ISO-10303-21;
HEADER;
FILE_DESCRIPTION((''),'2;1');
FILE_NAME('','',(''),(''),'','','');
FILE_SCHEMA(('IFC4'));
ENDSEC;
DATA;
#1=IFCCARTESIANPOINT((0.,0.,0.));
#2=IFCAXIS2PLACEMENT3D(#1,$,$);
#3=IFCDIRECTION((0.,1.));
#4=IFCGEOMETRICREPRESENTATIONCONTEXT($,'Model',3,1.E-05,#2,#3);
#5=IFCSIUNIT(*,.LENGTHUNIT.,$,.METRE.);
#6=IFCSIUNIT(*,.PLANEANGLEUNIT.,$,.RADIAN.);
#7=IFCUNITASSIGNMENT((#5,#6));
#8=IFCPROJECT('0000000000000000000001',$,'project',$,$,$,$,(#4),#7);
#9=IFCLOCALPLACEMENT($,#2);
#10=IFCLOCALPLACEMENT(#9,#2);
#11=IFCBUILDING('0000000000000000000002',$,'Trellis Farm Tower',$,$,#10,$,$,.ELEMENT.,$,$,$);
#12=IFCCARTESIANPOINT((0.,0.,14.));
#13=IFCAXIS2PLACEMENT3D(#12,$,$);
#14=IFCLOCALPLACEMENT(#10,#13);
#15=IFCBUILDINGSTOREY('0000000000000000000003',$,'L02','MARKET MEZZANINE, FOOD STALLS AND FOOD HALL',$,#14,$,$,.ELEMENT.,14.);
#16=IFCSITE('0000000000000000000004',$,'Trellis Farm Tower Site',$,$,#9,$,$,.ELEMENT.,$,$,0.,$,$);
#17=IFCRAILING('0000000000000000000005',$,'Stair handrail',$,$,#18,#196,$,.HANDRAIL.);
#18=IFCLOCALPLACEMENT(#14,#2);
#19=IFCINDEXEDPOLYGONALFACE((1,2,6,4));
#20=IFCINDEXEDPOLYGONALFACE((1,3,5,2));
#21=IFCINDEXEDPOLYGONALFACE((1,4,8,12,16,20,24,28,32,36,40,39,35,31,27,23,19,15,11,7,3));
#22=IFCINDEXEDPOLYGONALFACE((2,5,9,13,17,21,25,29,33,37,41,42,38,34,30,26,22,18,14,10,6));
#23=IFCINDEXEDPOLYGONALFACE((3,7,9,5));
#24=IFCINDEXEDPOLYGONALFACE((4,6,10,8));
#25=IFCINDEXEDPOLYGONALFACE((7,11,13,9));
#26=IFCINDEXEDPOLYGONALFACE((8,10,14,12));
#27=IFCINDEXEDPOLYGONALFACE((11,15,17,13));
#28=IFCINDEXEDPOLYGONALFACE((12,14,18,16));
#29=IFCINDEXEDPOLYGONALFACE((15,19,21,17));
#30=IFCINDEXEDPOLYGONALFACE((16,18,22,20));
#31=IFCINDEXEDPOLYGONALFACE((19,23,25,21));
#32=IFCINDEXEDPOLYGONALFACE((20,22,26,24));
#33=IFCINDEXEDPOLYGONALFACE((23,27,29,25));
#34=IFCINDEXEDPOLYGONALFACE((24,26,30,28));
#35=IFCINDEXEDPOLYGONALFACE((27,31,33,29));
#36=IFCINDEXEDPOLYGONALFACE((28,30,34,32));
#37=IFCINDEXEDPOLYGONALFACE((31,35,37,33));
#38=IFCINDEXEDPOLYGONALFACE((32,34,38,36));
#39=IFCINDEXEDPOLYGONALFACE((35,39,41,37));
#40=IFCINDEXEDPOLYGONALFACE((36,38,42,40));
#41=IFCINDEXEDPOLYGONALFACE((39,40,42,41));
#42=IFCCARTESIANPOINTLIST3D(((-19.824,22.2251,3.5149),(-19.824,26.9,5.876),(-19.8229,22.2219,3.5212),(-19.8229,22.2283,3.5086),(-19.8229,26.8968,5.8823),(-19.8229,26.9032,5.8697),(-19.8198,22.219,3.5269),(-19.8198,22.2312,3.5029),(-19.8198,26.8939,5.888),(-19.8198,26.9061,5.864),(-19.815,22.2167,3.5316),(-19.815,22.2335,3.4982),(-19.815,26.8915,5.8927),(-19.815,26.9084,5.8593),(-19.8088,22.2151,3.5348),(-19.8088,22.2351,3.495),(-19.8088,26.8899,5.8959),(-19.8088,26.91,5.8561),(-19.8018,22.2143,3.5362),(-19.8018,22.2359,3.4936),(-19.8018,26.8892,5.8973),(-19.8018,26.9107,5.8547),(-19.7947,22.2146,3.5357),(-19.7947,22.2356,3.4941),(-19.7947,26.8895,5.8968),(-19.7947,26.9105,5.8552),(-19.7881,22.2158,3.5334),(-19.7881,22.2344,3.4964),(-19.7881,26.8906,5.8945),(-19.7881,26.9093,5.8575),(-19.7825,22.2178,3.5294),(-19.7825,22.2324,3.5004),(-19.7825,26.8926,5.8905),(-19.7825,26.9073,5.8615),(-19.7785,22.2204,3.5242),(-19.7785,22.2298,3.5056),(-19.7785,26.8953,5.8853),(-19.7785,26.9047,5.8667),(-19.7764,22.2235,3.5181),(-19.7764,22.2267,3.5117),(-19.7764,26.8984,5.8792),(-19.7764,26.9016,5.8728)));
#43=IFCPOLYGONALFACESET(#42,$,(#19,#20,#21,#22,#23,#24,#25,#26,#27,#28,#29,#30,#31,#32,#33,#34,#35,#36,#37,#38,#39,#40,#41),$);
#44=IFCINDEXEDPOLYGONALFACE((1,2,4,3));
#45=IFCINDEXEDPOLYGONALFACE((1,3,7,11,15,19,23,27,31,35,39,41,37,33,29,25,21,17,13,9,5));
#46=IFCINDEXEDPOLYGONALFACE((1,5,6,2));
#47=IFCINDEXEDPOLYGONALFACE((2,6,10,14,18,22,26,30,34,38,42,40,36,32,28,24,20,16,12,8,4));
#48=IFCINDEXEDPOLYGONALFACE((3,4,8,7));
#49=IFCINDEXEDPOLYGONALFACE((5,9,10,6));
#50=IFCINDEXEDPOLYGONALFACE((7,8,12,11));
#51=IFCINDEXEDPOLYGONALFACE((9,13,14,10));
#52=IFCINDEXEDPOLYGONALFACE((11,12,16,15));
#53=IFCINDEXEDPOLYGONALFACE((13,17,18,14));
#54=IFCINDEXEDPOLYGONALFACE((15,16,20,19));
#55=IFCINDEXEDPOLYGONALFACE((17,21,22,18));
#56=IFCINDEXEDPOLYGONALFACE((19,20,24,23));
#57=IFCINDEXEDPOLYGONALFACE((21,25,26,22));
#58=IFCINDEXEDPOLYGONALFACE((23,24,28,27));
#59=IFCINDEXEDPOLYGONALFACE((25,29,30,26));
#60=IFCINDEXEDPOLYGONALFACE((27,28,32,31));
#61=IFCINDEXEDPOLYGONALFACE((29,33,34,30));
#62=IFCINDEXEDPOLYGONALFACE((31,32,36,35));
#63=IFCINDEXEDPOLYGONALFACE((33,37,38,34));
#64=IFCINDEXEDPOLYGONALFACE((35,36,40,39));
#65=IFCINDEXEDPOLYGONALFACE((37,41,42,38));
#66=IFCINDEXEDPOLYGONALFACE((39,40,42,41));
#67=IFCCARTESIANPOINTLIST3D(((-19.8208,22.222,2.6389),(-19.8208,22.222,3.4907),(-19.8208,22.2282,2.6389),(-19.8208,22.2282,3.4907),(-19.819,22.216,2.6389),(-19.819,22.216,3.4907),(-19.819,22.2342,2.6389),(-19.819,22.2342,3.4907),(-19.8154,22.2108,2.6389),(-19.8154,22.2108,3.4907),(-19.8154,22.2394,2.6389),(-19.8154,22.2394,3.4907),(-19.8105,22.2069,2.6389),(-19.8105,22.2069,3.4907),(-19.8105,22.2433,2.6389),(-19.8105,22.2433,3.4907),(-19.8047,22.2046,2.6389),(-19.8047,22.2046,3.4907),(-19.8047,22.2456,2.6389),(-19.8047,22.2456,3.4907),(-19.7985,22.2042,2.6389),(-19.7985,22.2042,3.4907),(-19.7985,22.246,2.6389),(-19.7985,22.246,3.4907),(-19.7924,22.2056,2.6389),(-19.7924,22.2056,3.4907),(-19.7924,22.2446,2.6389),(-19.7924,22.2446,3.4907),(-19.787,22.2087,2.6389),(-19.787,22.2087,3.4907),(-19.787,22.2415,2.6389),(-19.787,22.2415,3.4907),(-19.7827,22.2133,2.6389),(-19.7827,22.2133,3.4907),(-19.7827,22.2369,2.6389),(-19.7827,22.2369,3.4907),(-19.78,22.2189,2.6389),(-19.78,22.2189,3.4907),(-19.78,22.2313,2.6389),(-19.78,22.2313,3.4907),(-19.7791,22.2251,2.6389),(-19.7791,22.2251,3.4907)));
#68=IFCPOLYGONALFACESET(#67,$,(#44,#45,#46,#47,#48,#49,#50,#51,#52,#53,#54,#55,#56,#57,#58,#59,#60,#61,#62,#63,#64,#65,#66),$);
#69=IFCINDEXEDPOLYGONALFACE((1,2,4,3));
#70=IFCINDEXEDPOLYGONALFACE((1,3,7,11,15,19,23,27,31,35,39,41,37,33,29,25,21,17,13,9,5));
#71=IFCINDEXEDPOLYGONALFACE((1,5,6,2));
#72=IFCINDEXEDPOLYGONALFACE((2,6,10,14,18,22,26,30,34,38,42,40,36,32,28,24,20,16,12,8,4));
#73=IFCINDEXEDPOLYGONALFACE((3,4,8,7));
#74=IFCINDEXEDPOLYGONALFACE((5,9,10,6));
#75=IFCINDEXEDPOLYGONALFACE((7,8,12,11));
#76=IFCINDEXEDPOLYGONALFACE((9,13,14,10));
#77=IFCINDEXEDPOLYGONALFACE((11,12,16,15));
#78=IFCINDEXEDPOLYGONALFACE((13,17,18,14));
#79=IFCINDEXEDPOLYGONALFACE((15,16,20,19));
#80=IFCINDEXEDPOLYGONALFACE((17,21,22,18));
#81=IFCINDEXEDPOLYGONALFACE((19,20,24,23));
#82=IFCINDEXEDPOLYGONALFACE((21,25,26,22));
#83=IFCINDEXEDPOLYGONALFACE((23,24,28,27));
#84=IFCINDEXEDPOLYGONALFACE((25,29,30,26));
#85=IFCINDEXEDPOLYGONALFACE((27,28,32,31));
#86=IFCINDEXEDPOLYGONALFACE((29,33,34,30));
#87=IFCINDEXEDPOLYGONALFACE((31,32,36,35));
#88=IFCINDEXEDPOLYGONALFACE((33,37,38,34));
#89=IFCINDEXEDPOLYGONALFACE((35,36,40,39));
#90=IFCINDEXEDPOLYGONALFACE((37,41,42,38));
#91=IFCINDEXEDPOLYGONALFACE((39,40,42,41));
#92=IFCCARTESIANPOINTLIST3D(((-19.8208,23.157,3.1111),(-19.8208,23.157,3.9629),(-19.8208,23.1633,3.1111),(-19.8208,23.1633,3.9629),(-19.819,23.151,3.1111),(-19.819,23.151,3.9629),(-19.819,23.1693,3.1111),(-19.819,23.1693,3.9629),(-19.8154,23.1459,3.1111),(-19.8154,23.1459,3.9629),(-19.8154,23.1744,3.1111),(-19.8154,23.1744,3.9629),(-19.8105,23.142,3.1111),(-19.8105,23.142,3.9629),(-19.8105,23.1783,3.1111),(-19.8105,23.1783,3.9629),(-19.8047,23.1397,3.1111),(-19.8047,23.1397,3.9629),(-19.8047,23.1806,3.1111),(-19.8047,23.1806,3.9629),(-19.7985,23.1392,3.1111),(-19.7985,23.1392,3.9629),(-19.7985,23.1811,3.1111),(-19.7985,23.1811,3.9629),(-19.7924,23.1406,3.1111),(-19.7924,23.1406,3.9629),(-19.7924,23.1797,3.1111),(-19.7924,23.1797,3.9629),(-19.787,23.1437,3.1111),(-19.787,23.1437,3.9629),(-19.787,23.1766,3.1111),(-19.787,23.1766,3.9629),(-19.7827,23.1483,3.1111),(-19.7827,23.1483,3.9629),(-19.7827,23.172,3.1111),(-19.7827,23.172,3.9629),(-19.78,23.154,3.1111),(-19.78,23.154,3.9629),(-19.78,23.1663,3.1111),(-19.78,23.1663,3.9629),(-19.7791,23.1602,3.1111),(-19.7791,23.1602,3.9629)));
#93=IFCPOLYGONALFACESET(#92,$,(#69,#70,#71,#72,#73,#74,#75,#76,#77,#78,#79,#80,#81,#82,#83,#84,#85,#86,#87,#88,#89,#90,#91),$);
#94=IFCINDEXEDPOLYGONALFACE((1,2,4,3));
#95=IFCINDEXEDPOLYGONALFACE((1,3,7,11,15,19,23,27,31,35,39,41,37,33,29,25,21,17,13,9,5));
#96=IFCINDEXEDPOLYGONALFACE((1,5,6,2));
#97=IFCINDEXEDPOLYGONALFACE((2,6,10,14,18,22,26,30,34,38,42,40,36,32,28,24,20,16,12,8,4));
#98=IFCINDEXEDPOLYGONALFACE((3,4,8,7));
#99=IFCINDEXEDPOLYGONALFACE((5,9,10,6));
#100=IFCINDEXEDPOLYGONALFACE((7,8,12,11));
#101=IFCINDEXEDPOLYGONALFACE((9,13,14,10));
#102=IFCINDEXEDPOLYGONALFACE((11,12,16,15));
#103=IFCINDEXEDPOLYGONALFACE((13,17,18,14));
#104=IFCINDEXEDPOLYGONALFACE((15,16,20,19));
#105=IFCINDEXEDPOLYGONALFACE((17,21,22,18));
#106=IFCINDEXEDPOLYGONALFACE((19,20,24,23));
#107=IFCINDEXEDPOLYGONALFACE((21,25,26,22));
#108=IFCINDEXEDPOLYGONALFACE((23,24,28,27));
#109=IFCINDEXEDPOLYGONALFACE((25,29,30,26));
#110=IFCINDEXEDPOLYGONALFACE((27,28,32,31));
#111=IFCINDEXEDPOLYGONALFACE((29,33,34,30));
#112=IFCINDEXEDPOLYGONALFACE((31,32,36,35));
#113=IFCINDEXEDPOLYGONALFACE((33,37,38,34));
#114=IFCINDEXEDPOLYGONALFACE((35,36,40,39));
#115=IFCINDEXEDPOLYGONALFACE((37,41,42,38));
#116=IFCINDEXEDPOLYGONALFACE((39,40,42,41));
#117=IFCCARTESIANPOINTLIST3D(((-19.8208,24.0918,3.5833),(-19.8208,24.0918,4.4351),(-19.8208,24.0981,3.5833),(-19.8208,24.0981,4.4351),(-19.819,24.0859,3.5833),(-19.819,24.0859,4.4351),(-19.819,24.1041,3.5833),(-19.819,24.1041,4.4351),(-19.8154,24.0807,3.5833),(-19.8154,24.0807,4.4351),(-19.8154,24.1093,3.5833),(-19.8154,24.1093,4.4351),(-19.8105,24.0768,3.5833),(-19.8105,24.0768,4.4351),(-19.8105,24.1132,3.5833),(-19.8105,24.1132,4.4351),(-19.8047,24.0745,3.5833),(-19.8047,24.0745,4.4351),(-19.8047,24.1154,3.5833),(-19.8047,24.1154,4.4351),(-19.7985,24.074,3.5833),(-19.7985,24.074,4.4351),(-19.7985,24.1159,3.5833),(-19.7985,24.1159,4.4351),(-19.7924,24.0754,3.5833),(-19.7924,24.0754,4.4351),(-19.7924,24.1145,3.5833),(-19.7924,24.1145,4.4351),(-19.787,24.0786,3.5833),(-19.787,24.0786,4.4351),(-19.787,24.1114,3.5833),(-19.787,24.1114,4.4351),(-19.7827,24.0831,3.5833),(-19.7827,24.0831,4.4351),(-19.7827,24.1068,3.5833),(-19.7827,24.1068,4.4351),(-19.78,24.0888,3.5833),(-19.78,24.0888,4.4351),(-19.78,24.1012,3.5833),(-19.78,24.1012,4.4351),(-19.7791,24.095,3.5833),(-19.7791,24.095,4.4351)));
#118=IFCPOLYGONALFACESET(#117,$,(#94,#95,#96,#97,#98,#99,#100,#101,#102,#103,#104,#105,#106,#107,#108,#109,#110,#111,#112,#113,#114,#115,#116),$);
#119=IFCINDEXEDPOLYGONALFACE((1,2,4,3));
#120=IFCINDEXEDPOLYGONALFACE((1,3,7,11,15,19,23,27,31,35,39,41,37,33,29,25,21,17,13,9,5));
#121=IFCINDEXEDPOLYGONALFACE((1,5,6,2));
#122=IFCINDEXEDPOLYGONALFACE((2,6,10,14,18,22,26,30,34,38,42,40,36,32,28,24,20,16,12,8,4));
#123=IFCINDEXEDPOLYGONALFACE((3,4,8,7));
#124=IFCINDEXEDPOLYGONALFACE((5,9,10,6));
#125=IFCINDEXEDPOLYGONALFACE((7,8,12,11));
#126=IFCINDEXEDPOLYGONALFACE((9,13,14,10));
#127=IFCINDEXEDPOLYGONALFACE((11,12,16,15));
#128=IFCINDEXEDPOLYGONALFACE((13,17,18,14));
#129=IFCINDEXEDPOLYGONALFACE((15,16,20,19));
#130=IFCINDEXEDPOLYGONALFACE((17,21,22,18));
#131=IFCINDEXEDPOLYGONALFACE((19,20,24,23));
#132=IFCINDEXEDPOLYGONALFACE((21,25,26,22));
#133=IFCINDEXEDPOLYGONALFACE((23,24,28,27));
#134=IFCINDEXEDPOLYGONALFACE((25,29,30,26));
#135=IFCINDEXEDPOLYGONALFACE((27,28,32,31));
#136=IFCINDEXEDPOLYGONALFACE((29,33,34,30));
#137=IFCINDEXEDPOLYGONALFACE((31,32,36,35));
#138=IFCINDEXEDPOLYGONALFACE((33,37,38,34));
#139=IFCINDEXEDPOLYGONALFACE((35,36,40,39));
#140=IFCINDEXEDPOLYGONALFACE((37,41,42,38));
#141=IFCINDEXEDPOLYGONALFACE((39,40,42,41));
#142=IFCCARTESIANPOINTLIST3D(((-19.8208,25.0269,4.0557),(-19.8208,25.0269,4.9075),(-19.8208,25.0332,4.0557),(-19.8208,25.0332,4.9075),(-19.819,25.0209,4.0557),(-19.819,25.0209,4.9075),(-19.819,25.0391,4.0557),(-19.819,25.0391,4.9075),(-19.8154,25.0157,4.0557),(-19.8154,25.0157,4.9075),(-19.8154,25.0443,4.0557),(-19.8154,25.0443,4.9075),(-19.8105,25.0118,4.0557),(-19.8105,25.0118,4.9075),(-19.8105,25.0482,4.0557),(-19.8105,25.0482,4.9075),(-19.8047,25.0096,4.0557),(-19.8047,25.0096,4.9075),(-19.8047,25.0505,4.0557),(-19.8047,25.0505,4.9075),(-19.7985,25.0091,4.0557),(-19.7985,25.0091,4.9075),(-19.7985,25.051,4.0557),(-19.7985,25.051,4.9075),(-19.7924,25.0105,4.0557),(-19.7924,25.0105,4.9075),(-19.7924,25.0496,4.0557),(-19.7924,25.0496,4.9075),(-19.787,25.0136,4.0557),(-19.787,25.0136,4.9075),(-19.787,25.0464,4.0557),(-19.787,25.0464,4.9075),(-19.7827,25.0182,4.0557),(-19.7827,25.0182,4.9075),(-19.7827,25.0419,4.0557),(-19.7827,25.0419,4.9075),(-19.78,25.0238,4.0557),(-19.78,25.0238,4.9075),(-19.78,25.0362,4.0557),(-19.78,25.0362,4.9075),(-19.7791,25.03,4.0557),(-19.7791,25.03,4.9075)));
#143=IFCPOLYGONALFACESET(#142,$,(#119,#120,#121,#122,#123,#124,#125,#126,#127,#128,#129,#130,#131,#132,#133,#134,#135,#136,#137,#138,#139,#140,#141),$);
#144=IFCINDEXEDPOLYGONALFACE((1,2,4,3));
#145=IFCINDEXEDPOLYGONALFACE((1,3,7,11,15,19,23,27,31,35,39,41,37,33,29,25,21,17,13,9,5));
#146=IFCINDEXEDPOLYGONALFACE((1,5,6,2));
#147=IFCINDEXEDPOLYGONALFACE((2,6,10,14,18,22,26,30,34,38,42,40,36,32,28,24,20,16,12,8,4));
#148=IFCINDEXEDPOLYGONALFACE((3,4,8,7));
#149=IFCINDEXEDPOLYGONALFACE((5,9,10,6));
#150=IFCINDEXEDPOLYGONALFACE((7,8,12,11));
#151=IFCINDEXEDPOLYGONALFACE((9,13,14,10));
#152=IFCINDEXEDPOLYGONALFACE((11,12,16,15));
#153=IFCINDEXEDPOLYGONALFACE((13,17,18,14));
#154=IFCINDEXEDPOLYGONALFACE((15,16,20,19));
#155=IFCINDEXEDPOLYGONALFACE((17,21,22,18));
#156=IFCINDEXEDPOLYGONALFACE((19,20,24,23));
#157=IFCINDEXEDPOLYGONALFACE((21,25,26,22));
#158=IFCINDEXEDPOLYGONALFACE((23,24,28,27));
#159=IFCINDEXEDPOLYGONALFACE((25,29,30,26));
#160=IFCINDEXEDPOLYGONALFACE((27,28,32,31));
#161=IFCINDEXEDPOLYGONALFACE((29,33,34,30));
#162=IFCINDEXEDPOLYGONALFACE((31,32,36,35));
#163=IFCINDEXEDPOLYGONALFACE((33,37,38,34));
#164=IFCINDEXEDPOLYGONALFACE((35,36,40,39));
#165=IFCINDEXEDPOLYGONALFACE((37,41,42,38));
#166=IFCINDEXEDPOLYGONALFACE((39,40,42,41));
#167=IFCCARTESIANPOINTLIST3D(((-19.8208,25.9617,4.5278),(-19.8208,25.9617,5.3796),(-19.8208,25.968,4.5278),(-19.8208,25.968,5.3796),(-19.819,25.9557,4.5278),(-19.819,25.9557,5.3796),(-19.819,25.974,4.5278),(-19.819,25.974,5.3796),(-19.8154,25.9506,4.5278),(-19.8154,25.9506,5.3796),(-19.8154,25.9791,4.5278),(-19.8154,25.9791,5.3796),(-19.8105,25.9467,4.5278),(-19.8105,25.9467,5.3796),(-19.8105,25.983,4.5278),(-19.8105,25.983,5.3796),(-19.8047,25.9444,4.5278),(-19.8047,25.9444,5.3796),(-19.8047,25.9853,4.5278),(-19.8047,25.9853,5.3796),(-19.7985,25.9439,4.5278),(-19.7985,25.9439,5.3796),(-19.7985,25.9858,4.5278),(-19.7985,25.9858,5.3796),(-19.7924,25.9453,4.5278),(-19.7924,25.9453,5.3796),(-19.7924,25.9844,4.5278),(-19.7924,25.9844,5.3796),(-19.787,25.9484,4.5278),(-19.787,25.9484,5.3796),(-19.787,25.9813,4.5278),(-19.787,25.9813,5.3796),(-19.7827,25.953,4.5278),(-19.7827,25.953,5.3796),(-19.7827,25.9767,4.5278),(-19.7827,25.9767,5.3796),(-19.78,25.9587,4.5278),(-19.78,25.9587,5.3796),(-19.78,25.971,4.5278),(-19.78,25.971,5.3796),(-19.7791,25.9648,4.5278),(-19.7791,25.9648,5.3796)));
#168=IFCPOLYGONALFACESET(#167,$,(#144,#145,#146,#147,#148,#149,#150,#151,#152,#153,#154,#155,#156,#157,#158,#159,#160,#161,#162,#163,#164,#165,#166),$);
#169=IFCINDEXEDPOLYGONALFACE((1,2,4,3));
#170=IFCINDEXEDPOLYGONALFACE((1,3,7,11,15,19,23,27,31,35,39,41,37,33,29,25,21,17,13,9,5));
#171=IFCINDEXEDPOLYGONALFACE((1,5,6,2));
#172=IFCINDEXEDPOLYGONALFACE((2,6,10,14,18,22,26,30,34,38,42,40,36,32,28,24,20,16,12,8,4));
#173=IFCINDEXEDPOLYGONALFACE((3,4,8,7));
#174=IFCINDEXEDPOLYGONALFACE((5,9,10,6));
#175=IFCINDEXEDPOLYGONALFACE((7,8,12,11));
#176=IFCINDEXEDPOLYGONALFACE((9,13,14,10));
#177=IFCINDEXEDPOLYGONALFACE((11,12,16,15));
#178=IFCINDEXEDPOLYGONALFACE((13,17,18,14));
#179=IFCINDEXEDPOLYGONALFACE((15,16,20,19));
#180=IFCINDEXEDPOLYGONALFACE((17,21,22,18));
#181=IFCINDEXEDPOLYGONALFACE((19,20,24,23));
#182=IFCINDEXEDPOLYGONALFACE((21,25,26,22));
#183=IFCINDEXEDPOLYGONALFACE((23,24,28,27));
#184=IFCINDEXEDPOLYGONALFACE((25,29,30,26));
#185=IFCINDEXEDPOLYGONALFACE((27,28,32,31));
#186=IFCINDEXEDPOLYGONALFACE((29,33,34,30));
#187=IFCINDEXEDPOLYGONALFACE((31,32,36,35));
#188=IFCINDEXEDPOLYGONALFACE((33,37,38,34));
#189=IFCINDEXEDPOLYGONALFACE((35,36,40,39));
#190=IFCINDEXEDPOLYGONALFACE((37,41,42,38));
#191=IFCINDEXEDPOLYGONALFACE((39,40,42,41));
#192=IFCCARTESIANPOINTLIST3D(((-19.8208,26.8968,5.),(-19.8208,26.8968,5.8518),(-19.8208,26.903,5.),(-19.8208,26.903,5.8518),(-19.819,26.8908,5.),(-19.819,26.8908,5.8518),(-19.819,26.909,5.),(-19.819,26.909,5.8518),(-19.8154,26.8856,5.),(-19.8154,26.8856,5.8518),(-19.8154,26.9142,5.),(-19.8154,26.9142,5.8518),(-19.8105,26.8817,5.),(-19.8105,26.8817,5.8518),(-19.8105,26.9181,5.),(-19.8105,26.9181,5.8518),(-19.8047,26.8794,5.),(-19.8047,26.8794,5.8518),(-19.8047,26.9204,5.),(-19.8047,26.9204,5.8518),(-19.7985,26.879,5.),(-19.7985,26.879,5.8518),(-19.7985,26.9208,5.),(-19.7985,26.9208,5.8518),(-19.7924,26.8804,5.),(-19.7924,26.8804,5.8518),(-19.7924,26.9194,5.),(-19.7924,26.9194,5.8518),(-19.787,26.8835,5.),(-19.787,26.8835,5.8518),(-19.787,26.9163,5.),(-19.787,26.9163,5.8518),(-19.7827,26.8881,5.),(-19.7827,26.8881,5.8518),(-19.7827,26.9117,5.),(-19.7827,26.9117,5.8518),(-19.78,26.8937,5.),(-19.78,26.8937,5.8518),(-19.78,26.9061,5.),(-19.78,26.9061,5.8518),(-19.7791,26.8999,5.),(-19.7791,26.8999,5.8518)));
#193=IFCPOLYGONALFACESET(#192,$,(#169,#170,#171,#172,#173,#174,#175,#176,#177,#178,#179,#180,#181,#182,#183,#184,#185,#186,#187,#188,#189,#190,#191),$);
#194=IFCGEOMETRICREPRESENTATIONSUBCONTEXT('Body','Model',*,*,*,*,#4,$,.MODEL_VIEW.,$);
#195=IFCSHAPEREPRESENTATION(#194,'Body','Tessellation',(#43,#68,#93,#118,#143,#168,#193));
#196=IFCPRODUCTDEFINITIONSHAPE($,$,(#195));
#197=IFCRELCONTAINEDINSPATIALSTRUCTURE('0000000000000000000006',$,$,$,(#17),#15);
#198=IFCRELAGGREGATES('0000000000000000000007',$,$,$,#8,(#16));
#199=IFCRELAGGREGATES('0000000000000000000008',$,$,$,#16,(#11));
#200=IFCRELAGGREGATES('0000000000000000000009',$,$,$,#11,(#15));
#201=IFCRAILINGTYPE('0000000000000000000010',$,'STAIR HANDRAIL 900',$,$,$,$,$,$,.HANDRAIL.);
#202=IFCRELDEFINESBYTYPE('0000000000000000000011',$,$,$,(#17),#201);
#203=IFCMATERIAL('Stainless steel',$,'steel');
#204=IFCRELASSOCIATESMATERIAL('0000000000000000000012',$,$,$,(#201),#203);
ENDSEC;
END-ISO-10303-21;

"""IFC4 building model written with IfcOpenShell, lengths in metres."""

from ifc_helpers import new_model, si_unit, direction, frame, origin, origin_2d, place, context, subcontext, project, spatial, circle, extrude, source, transform, mapped, material, type_object, element, save


model = new_model("IFC4")

# Units and contexts
model_context = context("Model", 3, precision=1e-05, world=origin(), true_north=direction((0.0, 1.0)))
body_context = subcontext(model_context, "Body", "Model", "MODEL_VIEW")
ifc_project = project(units=[si_unit("LENGTHUNIT", "METRE"), si_unit("PLANEANGLEUNIT", "RADIAN")], contexts=[model_context])

# Site, building, storey
site_placement = place(None, origin())
site = spatial("IfcSite", under=ifc_project, at=site_placement, Name="Trellis Farm Tower Site", CompositionType="ELEMENT", RefElevation=0.0)
building_placement = place(site_placement, origin())
building = spatial("IfcBuilding", under=site, at=building_placement, Name="Trellis Farm Tower", CompositionType="ELEMENT")
storey_placement = place(building_placement, frame((0.0, 0.0, 14.0)))
storey = spatial("IfcBuildingStorey", under=building, at=storey_placement, Name="L02", Description="MARKET MEZZANINE, FOOD STALLS AND FOOD HALL", CompositionType="ELEMENT", Elevation=14.0)

# Railing
ifc_material_1 = material(Name="Stainless steel", Category="steel")
railing_type = type_object("IfcRailingType", Name="STAIR HANDRAIL 900", PredefinedType="HANDRAIL", material=ifc_material_1)
shared_shape_1 = source(origin(), body_context, "Body", "SweptSolid", [
    extrude(circle(Radius=0.0239, at=origin_2d()), frame((0.0, 0.0, 0.876), z_axis=(0.0, 0.892611, 0.450827), x_axis=(-1.0, 0.0, 0.0)), (0.0, 0.0, 1.0), 5.2373),
    extrude(circle(Radius=0.021, at=origin_2d()), origin(), (0.0, 0.0, 1.0), 0.8518),
    extrude(circle(Radius=0.021, at=origin_2d()), frame((0.0, 0.9351, 0.4722)), (0.0, 0.0, 1.0), 0.8518),
    extrude(circle(Radius=0.021, at=origin_2d()), frame((0.0, 1.8699, 0.9443)), (0.0, 0.0, 1.0), 0.8518),
    extrude(circle(Radius=0.021, at=origin_2d()), frame((0.0, 2.8049, 1.4167)), (0.0, 0.0, 1.0), 0.8518),
    extrude(circle(Radius=0.021, at=origin_2d()), frame((0.0, 3.7397, 1.8889)), (0.0, 0.0, 1.0), 0.8518),
    extrude(circle(Radius=0.021, at=origin_2d()), frame((0.0, 4.6748, 2.3611)), (0.0, 0.0, 1.0), 0.8518),
])
for number, where, name in (
    (1, (-19.8, 22.2251, 2.6389), "Stair handrail"),
):
    element("IfcRailing", number, at=place(storey_placement, frame(where)), inside=storey, type_object=railing_type, Name=name, PredefinedType="HANDRAIL", context=body_context, shape_type="MappedRepresentation", body=[
        mapped(shared_shape_1, transform((0.0, 0.0, 0.0))),
    ])

save(model, "model.ifc")
